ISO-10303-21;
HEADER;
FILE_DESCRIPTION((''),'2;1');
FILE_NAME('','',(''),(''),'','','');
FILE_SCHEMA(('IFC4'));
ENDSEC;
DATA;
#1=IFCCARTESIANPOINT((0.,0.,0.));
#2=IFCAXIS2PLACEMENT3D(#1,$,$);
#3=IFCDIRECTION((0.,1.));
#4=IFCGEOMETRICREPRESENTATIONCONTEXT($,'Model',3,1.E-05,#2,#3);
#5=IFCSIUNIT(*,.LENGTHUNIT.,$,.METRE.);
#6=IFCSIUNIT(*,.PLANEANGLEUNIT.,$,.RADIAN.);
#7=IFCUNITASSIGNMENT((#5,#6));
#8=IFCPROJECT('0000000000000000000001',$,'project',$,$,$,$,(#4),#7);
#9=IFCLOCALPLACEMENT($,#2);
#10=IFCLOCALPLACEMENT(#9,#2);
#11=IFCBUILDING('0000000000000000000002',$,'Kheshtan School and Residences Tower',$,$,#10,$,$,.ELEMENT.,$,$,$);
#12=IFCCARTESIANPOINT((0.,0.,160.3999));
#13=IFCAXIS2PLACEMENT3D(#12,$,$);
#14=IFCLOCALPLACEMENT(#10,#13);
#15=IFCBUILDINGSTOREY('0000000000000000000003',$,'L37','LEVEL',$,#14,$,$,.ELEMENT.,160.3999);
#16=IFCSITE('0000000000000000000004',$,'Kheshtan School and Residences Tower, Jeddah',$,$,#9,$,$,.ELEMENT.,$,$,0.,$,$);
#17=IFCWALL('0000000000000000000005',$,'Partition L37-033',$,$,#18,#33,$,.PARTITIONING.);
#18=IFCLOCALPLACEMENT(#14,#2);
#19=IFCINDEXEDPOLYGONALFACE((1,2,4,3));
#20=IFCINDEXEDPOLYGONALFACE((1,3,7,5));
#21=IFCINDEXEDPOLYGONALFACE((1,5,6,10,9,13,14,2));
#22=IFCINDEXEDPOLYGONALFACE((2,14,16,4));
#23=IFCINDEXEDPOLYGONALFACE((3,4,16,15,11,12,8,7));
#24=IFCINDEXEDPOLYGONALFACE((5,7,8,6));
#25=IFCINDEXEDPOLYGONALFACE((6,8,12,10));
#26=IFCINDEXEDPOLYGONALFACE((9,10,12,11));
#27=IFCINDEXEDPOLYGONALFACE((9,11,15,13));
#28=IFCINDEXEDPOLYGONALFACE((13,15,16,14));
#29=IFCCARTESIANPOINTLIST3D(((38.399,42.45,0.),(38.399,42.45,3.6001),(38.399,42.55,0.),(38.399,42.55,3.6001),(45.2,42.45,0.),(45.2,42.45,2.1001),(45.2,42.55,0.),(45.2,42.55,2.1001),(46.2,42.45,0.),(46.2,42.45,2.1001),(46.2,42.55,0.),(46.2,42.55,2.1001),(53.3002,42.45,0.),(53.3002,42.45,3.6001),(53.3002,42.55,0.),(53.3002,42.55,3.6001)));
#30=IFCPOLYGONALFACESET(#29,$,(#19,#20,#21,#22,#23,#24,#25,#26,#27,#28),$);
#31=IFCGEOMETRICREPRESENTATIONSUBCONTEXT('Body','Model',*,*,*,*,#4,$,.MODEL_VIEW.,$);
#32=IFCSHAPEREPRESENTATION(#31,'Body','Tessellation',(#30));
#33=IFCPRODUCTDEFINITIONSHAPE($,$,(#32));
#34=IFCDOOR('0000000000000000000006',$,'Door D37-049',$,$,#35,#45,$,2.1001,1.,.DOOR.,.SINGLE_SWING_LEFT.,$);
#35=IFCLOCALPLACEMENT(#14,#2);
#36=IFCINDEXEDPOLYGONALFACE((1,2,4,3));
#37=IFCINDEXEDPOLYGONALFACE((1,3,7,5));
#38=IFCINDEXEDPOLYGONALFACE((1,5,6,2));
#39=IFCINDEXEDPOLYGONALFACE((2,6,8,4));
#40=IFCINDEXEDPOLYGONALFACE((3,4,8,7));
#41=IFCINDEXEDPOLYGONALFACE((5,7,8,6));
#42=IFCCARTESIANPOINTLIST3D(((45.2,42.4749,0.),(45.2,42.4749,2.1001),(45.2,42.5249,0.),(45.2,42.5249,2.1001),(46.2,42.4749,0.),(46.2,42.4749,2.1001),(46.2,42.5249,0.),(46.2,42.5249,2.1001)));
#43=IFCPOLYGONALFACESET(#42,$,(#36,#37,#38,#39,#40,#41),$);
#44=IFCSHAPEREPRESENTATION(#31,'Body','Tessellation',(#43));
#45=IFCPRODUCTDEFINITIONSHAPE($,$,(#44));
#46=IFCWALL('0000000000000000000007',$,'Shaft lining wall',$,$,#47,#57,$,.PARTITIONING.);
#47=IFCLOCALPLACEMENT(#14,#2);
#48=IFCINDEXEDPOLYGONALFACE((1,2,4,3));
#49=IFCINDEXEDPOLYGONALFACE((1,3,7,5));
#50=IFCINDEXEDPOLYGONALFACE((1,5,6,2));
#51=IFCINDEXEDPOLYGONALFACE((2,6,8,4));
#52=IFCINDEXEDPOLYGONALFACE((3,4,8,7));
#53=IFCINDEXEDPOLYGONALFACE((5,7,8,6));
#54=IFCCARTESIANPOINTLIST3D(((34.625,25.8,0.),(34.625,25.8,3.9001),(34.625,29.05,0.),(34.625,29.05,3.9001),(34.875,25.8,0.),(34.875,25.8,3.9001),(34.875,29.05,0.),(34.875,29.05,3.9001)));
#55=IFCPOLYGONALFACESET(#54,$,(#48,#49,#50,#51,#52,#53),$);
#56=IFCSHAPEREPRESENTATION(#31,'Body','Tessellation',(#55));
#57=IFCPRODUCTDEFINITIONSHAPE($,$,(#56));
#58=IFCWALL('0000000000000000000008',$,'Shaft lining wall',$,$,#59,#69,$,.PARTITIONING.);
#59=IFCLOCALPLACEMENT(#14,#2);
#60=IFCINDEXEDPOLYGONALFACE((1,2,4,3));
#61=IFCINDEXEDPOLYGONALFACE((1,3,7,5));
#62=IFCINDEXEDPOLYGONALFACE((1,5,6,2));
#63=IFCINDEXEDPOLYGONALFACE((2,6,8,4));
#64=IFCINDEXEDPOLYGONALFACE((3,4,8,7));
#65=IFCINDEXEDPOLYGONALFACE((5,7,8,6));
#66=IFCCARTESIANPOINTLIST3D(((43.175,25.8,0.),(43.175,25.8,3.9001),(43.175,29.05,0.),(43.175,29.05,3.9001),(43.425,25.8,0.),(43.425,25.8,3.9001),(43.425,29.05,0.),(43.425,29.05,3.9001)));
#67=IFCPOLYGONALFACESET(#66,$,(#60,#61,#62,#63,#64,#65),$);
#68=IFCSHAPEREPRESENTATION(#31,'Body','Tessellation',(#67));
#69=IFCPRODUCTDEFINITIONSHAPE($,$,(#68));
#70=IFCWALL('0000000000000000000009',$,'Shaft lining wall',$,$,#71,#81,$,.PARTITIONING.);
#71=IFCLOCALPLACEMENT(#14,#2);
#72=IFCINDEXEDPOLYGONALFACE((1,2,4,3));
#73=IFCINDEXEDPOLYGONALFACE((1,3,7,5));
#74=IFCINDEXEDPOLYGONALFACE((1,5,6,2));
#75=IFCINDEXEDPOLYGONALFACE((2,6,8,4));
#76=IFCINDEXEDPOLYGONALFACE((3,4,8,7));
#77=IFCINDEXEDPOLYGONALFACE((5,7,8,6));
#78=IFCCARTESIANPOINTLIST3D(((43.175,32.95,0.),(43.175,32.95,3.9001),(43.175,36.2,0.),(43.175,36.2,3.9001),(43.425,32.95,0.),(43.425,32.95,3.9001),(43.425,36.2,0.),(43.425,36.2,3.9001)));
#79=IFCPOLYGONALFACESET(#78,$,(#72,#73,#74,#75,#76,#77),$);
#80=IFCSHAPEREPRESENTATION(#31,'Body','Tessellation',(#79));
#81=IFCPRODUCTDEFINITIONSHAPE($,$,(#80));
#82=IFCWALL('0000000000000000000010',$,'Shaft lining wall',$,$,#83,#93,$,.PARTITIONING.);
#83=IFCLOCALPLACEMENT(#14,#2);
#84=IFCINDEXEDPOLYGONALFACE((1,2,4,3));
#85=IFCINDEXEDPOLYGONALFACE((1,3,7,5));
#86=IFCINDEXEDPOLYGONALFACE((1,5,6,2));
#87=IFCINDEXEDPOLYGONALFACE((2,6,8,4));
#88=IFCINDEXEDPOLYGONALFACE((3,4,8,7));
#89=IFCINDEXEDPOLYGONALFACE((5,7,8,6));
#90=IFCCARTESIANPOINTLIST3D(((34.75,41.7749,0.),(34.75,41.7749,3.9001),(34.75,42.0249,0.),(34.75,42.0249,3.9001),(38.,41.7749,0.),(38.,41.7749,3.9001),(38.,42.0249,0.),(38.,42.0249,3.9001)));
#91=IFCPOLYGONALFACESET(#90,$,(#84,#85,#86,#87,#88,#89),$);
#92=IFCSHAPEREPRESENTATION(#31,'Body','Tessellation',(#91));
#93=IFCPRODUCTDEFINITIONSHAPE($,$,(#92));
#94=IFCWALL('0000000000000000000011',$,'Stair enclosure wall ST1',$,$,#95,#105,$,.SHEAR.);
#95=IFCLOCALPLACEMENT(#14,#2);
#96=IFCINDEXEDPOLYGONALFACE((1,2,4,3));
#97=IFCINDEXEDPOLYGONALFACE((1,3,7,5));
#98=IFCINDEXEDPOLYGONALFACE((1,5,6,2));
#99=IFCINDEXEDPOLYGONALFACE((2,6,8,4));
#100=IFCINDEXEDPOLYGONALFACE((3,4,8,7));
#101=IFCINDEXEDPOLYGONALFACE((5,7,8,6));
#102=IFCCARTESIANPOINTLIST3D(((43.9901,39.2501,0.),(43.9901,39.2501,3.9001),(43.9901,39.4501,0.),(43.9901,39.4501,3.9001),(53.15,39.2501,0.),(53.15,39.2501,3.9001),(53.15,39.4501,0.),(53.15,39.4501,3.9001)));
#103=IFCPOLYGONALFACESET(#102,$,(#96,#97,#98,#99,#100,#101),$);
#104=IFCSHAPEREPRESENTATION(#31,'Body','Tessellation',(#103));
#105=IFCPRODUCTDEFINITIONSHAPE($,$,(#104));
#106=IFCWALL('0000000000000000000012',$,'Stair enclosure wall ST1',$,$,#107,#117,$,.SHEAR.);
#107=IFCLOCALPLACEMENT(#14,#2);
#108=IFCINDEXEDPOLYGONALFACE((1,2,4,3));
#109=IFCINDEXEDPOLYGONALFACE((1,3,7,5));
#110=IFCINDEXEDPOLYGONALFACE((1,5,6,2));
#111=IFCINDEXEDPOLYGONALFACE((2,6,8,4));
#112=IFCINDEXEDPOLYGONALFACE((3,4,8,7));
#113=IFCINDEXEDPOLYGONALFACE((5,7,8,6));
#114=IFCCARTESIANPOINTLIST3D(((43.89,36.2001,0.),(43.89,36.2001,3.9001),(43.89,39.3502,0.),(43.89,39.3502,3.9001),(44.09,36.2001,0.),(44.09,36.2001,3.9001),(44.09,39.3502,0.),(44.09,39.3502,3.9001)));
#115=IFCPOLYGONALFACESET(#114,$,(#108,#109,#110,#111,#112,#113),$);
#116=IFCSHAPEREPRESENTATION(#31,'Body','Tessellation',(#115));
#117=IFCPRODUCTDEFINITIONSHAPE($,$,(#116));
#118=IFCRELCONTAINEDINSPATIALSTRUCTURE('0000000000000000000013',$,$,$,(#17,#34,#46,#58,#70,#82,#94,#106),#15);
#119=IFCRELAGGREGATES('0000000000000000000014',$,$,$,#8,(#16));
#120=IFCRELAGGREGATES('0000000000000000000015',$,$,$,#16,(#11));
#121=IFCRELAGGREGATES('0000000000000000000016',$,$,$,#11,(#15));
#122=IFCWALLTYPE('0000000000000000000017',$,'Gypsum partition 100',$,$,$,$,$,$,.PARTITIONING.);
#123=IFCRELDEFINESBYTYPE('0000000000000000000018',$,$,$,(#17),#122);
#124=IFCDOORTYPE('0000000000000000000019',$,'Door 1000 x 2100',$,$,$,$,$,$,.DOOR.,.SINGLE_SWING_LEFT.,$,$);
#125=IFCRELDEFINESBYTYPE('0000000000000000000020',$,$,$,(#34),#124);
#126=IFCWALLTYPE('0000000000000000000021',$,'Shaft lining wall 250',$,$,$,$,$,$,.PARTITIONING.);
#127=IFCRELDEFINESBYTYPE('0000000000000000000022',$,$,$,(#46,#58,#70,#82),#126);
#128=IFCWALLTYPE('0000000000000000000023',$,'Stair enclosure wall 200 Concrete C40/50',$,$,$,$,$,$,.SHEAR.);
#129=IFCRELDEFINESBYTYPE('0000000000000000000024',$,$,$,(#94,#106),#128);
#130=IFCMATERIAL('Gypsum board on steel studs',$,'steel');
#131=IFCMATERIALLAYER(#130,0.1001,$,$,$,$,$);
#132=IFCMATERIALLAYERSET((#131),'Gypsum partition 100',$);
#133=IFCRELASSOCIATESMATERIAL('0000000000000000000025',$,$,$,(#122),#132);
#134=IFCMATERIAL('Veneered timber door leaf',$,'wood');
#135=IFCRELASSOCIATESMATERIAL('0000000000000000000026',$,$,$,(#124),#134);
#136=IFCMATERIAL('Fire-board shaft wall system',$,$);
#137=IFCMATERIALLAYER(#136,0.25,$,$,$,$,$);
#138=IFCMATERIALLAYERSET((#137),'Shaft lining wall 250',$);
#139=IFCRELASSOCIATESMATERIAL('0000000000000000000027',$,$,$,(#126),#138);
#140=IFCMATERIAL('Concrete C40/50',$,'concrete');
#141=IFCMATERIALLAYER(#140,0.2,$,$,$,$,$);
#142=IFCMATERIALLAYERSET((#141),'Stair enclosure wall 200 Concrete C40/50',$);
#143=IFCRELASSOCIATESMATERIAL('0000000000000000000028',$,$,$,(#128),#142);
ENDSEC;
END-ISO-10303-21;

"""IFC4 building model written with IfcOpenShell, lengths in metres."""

from ifc_helpers import new_model, si_unit, direction, frame, frame_2d, origin, place, context, subcontext, project, spatial, rectangle, extrude, source, transform, mapped, material, layer, layer_set, type_object, element, fill, save


model = new_model("IFC4")

# Units and contexts
model_context = context("Model", 3, precision=1e-05, world=origin(), true_north=direction((0.0, 1.0)))
body_context = subcontext(model_context, "Body", "Model", "MODEL_VIEW")
ifc_project = project(units=[si_unit("LENGTHUNIT", "METRE"), si_unit("PLANEANGLEUNIT", "RADIAN")], contexts=[model_context])

# Site, building, storey
site_placement = place(None, origin())
site = spatial("IfcSite", under=ifc_project, at=site_placement, Name="Kheshtan School and Residences Tower, Jeddah", CompositionType="ELEMENT", RefElevation=0.0)
building_placement = place(site_placement, origin())
building = spatial("IfcBuilding", under=site, at=building_placement, Name="Kheshtan School and Residences Tower", CompositionType="ELEMENT")
storey_placement = place(building_placement, frame((0.0, 0.0, 160.3999)))
storey = spatial("IfcBuildingStorey", under=building, at=storey_placement, Name="L37", Description="LEVEL", CompositionType="ELEMENT", Elevation=160.3999)

# Wall, opening, door
ifc_material_1 = material(Name="Gypsum board on steel studs", Category="steel")
ifc_layer_1 = layer(ifc_material_1, 0.1001)
ifc_layer_set_1 = layer_set([ifc_layer_1], Name="Gypsum partition 100")
wall_type_1 = type_object("IfcWallType", Name="Gypsum partition 100", PredefinedType="PARTITIONING", material=ifc_layer_set_1)
wall_1_placement = place(storey_placement, frame((38.3989, 42.5, 0.0), z_axis=(0.0, 0.0, 1.0), x_axis=(1.0, 0.0, 0.0)))
wall_1 = element("IfcWall", 1, at=wall_1_placement, inside=storey, type_object=wall_type_1, Name="Partition L37-033", PredefinedType="PARTITIONING", context=body_context, shape_type="SweptSolid", body=[
    extrude(rectangle(XDim=14.9011, YDim=0.1001, at=frame_2d((7.4507, 0.0))), origin(), (0.0, 0.0, 1.0), 3.6001),
])
opening_1_placement = place(wall_1_placement, frame((6.801, 0.0, 0.0)))
opening_1 = element("IfcOpeningElement", 2, at=opening_1_placement, cuts=wall_1, PredefinedType="OPENING", context=body_context, shape_type="SweptSolid", body=[
    extrude(rectangle(XDim=1.0, YDim=2.1001, at=frame_2d((0.5, 1.05))), frame((0.0, 0.0601, 0.0), z_axis=(0.0, -1.0, 0.0), x_axis=(1.0, 0.0, 0.0)), (0.0, 0.0, 1.0), 0.1201),
])
ifc_material_2 = material(Name="Veneered timber door leaf", Category="wood")
door_type_1 = type_object("IfcDoorType", Name="Door 1000 x 2100", OperationType="SINGLE_SWING_LEFT", PredefinedType="DOOR", material=ifc_material_2)
shared_shape_1 = source(origin(), body_context, "Body", "SweptSolid", [
    extrude(rectangle(XDim=1.0, YDim=2.1001, at=frame_2d((0.5, 1.05))), frame((0.0, 0.0249, 0.0), z_axis=(0.0, -1.0, 0.0), x_axis=(1.0, 0.0, 0.0)), (0.0, 0.0, 1.0), 0.05),
])
door_1_placement = place(opening_1_placement, origin())
door_1 = element("IfcDoor", 3, at=door_1_placement, inside=storey, type_object=door_type_1, Name="Door D37-049", OperationType="SINGLE_SWING_LEFT", OverallHeight=2.1001, OverallWidth=1.0, PredefinedType="DOOR", context=body_context, shape_type="MappedRepresentation", body=[
    mapped(shared_shape_1, transform((0.0, 0.0, 0.0), x_axis=(1.0, 0.0, 0.0), y_axis=(0.0, 1.0, 0.0), z_axis=(0.0, 0.0, 1.0), scale=1.0)),
])
fill(opening_1, door_1)

# Walls
ifc_material_3 = material(Name="Fire-board shaft wall system")
ifc_layer_2 = layer(ifc_material_3, 0.25)
ifc_layer_set_2 = layer_set([ifc_layer_2], Name="Shaft lining wall 250")
wall_type_2 = type_object("IfcWallType", Name="Shaft lining wall 250", PredefinedType="PARTITIONING", material=ifc_layer_set_2)
for number, where, z_axis, x_axis, name in (
    (4, (34.75, 25.8, 0.0), (0.0, 0.0, 1.0), (0.0, 1.0, 0.0), "Shaft lining wall"),
    (5, (43.3, 25.8, 0.0), (0.0, 0.0, 1.0), (0.0, 1.0, 0.0), "Shaft lining wall"),
    (6, (43.3, 32.95, 0.0), (0.0, 0.0, 1.0), (0.0, 1.0, 0.0), "Shaft lining wall"),
    (7, (34.75, 41.8999, 0.0), (0.0, 0.0, 1.0), (1.0, 0.0, 0.0), "Shaft lining wall"),
):
    element("IfcWall", number, at=place(storey_placement, frame(where, z_axis=z_axis, x_axis=x_axis)), inside=storey, type_object=wall_type_2, Name=name, PredefinedType="PARTITIONING", context=body_context, shape_type="SweptSolid", body=[
        extrude(rectangle(XDim=3.25, YDim=0.25, at=frame_2d((1.625, 0.0))), origin(), (0.0, 0.0, 1.0), 3.9001),
    ])
ifc_material_4 = material(Name="Concrete C40/50", Category="concrete")
ifc_layer_3 = layer(ifc_material_4, 0.2)
ifc_layer_set_3 = layer_set([ifc_layer_3], Name="Stair enclosure wall 200 Concrete C40/50")
wall_type_3 = type_object("IfcWallType", Name="Stair enclosure wall 200 Concrete C40/50", PredefinedType="SHEAR", material=ifc_layer_set_3)
wall_2_placement = place(storey_placement, frame((43.99, 39.3501, 0.0), z_axis=(0.0, 0.0, 1.0), x_axis=(1.0, 0.0, 0.0)))
element("IfcWall", 8, at=wall_2_placement, inside=storey, type_object=wall_type_3, Name="Stair enclosure wall ST1", PredefinedType="SHEAR", context=body_context, shape_type="SweptSolid", body=[
    extrude(rectangle(XDim=9.1599, YDim=0.2, at=frame_2d((4.5801, 0.0))), origin(), (0.0, 0.0, 1.0), 3.9001),
])
wall_3_placement = place(storey_placement, frame((43.99, 36.2, 0.0), z_axis=(0.0, 0.0, 1.0), x_axis=(0.0, 1.0, 0.0)))
element("IfcWall", 9, at=wall_3_placement, inside=storey, type_object=wall_type_3, Name="Stair enclosure wall ST1", PredefinedType="SHEAR", context=body_context, shape_type="SweptSolid", body=[
    extrude(rectangle(XDim=3.1501, YDim=0.2, at=frame_2d((1.5752, 0.0))), origin(), (0.0, 0.0, 1.0), 3.9001),
])

save(model, "model.ifc")
